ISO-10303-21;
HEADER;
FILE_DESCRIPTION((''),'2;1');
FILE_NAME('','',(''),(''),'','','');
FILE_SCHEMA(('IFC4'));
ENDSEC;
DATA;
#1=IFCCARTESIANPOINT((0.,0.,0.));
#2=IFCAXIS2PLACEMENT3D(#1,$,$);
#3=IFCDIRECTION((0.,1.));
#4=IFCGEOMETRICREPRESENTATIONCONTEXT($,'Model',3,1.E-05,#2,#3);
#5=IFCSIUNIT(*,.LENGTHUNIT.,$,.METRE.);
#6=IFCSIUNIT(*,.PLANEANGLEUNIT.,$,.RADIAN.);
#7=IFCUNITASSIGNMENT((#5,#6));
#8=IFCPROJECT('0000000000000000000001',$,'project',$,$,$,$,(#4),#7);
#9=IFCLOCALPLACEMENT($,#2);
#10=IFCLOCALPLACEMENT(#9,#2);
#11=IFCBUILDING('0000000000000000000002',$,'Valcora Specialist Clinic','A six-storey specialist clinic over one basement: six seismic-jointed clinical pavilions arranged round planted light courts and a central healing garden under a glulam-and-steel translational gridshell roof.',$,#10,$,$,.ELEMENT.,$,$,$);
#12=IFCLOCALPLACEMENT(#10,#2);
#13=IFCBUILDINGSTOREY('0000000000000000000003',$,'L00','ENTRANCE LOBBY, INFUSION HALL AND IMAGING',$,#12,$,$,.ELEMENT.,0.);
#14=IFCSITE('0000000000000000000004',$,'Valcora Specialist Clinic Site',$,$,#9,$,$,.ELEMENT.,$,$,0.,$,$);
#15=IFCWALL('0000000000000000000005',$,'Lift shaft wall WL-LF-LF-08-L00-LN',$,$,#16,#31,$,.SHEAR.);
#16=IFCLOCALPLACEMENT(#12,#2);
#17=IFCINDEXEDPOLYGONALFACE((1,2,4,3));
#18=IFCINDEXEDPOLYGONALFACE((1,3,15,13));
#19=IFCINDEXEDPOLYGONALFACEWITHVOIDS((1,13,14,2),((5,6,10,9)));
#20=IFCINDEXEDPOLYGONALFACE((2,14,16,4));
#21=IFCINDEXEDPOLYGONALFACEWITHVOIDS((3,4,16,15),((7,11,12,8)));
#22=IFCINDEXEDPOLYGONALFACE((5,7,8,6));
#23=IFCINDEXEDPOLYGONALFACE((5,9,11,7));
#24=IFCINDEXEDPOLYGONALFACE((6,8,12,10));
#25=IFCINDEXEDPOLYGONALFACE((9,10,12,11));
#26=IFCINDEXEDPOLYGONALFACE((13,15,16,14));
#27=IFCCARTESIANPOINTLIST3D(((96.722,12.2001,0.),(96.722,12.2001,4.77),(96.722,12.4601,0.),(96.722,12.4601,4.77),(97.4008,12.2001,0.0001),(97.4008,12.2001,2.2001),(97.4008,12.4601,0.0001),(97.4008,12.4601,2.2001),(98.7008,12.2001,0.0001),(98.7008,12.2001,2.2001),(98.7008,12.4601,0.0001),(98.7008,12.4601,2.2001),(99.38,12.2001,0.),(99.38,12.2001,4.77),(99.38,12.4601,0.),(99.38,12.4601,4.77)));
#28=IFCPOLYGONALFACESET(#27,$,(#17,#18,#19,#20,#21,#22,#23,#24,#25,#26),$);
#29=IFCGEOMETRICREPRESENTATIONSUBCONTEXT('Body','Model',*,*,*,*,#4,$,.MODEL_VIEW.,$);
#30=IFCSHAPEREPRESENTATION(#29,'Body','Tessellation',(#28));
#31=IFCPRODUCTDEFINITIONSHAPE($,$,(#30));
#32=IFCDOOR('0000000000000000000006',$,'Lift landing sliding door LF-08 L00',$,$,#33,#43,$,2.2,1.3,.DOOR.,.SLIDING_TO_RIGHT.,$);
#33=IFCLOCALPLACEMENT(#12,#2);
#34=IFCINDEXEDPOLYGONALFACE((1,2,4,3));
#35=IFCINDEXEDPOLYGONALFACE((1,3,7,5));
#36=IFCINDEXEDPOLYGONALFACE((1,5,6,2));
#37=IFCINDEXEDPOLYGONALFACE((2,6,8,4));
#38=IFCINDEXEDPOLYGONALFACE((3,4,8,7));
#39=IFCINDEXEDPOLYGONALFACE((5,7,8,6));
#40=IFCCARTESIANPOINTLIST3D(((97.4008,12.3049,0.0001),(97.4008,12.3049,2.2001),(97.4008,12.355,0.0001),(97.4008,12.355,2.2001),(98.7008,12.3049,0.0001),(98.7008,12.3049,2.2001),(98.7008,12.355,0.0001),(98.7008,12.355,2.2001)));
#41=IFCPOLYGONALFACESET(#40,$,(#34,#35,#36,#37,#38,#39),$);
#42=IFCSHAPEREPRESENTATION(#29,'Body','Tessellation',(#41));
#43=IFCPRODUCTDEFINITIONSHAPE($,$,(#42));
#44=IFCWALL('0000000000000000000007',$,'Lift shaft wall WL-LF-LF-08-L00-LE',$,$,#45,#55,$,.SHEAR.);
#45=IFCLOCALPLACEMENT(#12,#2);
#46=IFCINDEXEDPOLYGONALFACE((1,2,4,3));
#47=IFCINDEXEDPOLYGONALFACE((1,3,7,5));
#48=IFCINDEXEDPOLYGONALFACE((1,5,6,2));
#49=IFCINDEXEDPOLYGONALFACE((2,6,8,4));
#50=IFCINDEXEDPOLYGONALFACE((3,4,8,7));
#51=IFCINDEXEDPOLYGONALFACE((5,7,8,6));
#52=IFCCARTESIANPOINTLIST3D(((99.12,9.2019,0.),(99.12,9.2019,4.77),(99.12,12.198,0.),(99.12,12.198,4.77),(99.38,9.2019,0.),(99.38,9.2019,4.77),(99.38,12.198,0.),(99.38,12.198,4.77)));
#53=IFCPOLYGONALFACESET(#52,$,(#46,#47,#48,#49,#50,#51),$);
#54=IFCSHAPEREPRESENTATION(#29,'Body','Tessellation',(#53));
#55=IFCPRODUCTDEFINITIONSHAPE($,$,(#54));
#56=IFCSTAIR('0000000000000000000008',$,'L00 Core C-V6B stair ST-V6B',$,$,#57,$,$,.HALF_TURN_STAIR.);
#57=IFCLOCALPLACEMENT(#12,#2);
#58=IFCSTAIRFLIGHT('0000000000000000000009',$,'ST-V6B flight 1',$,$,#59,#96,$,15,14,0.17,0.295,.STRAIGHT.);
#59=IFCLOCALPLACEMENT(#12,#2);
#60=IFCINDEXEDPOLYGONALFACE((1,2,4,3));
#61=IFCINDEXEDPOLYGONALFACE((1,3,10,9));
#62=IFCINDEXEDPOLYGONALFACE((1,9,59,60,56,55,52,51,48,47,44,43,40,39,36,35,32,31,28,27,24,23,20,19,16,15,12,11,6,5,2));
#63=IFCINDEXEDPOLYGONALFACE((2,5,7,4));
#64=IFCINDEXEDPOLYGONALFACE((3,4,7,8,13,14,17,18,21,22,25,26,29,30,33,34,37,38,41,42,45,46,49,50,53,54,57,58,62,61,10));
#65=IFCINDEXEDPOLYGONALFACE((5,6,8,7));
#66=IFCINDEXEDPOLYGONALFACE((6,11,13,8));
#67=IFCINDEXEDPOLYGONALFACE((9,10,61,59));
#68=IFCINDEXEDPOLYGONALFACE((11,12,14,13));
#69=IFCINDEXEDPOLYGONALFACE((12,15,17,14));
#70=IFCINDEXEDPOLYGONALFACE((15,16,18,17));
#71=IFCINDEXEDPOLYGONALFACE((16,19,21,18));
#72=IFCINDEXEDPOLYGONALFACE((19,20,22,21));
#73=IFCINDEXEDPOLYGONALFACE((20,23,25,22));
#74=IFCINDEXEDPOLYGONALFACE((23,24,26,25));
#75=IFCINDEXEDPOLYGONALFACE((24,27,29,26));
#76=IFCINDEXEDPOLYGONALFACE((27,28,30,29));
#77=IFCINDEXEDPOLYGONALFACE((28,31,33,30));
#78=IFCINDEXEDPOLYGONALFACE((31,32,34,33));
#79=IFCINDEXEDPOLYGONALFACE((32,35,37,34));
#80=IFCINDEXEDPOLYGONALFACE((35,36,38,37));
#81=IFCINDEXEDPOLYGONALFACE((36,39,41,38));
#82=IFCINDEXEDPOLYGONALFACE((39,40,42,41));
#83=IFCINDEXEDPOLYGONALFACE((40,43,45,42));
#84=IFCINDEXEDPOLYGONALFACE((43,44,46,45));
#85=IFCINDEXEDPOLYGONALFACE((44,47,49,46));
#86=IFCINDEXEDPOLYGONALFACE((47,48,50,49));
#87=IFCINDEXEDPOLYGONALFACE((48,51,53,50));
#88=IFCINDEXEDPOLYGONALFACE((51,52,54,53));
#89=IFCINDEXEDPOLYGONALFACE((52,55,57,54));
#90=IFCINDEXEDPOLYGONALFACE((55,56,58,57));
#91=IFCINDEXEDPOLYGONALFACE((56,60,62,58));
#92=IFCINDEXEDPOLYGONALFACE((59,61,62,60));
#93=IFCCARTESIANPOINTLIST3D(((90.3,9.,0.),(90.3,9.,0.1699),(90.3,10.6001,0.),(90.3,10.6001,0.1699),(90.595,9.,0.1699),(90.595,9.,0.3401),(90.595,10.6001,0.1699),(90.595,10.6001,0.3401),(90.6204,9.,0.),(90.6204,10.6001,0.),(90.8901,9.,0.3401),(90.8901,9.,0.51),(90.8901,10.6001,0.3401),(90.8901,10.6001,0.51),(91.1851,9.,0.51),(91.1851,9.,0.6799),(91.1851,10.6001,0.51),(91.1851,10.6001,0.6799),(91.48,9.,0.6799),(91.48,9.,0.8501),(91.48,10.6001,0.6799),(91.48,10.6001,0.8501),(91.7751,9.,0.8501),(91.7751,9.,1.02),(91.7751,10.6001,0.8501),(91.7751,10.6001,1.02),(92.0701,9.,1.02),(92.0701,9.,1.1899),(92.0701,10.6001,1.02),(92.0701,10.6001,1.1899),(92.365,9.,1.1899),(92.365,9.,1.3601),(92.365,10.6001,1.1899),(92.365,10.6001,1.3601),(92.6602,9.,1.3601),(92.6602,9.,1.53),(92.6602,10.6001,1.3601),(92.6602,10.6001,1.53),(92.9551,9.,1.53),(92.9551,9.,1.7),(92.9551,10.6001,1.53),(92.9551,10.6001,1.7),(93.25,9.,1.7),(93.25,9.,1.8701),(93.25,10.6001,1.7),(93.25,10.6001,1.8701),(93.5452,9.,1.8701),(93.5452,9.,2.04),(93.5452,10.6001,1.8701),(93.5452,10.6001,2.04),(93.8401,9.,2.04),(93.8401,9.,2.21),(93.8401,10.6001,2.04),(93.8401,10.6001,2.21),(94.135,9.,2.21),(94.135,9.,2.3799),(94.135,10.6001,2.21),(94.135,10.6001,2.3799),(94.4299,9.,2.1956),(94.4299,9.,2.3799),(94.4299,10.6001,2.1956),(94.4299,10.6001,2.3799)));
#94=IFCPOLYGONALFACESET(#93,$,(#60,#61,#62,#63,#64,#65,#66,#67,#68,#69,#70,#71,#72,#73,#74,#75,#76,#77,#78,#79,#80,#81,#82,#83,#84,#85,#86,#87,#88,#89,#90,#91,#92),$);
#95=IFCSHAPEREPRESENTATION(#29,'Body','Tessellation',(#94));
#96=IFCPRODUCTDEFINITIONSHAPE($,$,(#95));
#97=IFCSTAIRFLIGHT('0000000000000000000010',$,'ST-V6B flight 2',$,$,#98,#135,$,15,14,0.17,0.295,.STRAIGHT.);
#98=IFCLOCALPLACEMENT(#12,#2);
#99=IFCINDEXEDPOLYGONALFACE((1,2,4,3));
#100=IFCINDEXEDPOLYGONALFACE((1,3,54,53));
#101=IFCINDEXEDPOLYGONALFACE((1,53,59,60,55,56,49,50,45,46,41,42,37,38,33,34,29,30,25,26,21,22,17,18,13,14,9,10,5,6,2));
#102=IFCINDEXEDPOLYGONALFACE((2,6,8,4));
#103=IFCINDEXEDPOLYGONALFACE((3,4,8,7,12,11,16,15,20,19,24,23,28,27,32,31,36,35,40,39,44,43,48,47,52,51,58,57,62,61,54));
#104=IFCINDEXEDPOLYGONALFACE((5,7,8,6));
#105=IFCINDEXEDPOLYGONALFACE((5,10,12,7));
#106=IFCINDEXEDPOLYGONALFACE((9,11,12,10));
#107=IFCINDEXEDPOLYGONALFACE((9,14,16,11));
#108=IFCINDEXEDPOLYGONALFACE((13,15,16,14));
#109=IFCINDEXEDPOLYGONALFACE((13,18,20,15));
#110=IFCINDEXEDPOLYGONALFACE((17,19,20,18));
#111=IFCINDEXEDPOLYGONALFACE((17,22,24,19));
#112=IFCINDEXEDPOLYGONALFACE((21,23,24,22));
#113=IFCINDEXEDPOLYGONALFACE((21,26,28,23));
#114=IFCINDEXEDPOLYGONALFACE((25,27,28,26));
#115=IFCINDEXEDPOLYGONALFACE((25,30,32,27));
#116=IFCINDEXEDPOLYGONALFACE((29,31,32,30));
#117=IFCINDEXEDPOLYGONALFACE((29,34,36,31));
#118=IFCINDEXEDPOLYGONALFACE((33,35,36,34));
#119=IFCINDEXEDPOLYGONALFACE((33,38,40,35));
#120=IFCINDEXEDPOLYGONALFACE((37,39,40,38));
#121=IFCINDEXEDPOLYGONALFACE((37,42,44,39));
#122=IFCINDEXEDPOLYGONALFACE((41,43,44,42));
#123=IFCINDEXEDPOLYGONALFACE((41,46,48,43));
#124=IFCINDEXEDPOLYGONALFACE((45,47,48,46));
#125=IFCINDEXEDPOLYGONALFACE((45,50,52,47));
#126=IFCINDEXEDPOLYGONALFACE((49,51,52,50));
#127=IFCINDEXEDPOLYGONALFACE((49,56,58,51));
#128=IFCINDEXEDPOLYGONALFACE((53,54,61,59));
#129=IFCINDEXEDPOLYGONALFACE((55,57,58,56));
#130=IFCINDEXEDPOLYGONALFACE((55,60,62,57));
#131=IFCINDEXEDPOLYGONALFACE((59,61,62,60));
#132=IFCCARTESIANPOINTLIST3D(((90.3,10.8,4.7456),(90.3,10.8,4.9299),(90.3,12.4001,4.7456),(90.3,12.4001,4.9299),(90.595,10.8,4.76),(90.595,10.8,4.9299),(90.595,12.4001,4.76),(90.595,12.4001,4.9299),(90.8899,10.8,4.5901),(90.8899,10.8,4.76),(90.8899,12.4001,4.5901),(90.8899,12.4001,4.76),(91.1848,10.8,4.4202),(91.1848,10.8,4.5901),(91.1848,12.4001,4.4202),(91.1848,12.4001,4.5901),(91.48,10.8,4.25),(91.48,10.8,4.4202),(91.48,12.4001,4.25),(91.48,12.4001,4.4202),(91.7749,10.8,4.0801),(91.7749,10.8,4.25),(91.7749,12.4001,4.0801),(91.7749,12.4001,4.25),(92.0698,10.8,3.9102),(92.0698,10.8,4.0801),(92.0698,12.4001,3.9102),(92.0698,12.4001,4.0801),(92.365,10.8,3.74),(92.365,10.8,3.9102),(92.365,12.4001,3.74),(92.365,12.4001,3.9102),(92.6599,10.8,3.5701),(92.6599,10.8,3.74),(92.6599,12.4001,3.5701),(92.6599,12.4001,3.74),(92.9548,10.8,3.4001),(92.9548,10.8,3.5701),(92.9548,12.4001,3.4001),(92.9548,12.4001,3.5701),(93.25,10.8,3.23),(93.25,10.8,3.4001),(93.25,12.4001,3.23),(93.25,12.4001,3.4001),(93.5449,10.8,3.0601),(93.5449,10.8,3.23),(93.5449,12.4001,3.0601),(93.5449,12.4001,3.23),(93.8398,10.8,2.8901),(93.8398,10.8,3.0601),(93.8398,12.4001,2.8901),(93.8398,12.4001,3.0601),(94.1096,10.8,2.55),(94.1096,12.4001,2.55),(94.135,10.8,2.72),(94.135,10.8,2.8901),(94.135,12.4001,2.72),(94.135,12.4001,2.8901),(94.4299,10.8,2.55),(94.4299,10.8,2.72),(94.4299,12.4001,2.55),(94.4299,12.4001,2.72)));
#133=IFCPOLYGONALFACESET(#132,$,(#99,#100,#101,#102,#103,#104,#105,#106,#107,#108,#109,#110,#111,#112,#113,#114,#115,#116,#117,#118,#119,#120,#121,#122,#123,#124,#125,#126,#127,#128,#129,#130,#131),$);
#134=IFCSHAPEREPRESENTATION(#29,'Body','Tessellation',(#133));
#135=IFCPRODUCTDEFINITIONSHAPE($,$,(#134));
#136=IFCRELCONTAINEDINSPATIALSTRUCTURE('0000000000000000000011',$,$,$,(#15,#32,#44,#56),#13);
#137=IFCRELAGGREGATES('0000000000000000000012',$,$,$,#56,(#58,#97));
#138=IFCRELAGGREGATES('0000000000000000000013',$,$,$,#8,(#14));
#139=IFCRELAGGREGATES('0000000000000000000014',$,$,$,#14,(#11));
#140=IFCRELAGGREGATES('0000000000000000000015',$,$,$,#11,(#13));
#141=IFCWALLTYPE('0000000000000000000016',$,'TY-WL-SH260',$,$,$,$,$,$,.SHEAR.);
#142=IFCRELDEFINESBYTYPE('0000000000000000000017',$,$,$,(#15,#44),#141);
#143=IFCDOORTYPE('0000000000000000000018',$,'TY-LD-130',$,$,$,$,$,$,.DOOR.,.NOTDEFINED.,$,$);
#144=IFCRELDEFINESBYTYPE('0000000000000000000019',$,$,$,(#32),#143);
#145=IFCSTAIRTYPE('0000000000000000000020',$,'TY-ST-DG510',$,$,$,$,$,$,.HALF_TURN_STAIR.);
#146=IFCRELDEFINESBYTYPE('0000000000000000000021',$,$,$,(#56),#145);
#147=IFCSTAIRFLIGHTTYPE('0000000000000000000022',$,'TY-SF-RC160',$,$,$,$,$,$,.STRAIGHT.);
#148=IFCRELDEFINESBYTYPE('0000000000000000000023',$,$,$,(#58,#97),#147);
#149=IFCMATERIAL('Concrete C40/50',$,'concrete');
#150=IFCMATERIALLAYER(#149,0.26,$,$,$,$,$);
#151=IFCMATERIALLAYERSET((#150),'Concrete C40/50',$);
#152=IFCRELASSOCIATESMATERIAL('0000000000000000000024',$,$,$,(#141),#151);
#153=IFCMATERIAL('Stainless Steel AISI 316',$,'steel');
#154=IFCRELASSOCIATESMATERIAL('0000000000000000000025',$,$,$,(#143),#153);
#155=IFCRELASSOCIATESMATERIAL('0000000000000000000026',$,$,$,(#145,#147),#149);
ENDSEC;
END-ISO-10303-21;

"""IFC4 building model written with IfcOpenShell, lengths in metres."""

from ifc_helpers import new_model, si_unit, direction, frame, frame_2d, origin, place, context, subcontext, project, spatial, polyline, rectangle, outline, extrude, material, layer, layer_set, type_object, element, fill, aggregate, save


model = new_model("IFC4")

# Units and contexts
model_context = context("Model", 3, precision=1e-05, world=origin(), true_north=direction((0.0, 1.0)))
body_context = subcontext(model_context, "Body", "Model", "MODEL_VIEW")
ifc_project = project(units=[si_unit("LENGTHUNIT", "METRE"), si_unit("PLANEANGLEUNIT", "RADIAN")], contexts=[model_context])

# Site, building, storey
site_placement = place(None, origin())
site = spatial("IfcSite", under=ifc_project, at=site_placement, Name="Valcora Specialist Clinic Site", CompositionType="ELEMENT", RefElevation=0.0)
building_placement = place(site_placement, origin())
building = spatial("IfcBuilding", under=site, at=building_placement, Name="Valcora Specialist Clinic", Description="A six-storey specialist clinic over one basement: six seismic-jointed clinical pavilions arranged round planted light courts and a central healing garden under a glulam-and-steel translational gridshell roof.", CompositionType="ELEMENT")
storey_placement = place(building_placement, origin())
storey = spatial("IfcBuildingStorey", under=building, at=storey_placement, Name="L00", Description="ENTRANCE LOBBY, INFUSION HALL AND IMAGING", CompositionType="ELEMENT", Elevation=0.0)

# Shared definitions
ifc_material_1 = material(Name="Concrete C40/50", Category="concrete")

# Shared definitions
ifc_layer_1 = layer(ifc_material_1, 0.26)
ifc_layer_set_1 = layer_set([ifc_layer_1], Name="Concrete C40/50")
wall_type_1 = type_object("IfcWallType", Name="TY-WL-SH260", PredefinedType="SHEAR", material=ifc_layer_set_1)

# Wall, opening, door
wall_1_placement = place(storey_placement, frame((96.7219, 12.3301, 0.0), z_axis=(0.0, 0.0, 1.0), x_axis=(1.0, 0.0, 0.0)))
wall_1 = element("IfcWall", 1, at=wall_1_placement, inside=storey, type_object=wall_type_1, Name="Lift shaft wall WL-LF-LF-08-L00-LN", PredefinedType="SHEAR", context=body_context, shape_type="SweptSolid", body=[
    extrude(rectangle(XDim=2.658, YDim=0.26, at=frame_2d((1.3291, 0.0))), origin(), (0.0, 0.0, 1.0), 4.77),
])
opening_1_placement = place(wall_1_placement, frame((0.679, 0.0, 0.0)))
opening_1 = element("IfcOpeningElement", 2, at=opening_1_placement, cuts=wall_1, PredefinedType="OPENING", context=body_context, shape_type="SweptSolid", body=[
    extrude(rectangle(XDim=1.3, YDim=2.2, at=frame_2d((0.6499, 1.1001))), frame((0.0, 0.1399, 0.0), z_axis=(0.0, -1.0, 0.0), x_axis=(1.0, 0.0, 0.0)), (0.0, 0.0, 1.0), 0.28),
])
ifc_material_2 = material(Name="Stainless Steel AISI 316", Category="steel")
door_type_1 = type_object("IfcDoorType", Name="TY-LD-130", OperationType="NOTDEFINED", PredefinedType="DOOR", material=ifc_material_2)
door_1_placement = place(opening_1_placement, origin())
door_1 = element("IfcDoor", 3, at=door_1_placement, inside=storey, type_object=door_type_1, Name="Lift landing sliding door LF-08 L00", OperationType="SLIDING_TO_RIGHT", OverallHeight=2.2, OverallWidth=1.3, PredefinedType="DOOR", context=body_context, shape_type="SweptSolid", body=[
    extrude(rectangle(XDim=1.3, YDim=2.2, at=frame_2d((0.6499, 1.1001))), frame((0.0, 0.0249, 0.0), z_axis=(0.0, -1.0, 0.0), x_axis=(1.0, 0.0, 0.0)), (0.0, 0.0, 1.0), 0.05),
])
fill(opening_1, door_1)

# Wall
wall_2_placement = place(storey_placement, frame((99.25, 9.2019, 0.0), z_axis=(0.0, 0.0, 1.0), x_axis=(0.0, 1.0, 0.0)))
element("IfcWall", 4, at=wall_2_placement, inside=storey, type_object=wall_type_1, Name="Lift shaft wall WL-LF-LF-08-L00-LE", PredefinedType="SHEAR", context=body_context, shape_type="SweptSolid", body=[
    extrude(rectangle(XDim=2.9961, YDim=0.26, at=frame_2d((1.498, 0.0))), origin(), (0.0, 0.0, 1.0), 4.77),
])

# Stair, stair flights
stair_type = type_object("IfcStairType", Name="TY-ST-DG510", PredefinedType="HALF_TURN_STAIR", material=ifc_material_1)
stair_placement = place(storey_placement, origin())
stair = element("IfcStair", 5, at=stair_placement, inside=storey, type_object=stair_type, Name="L00 Core C-V6B stair ST-V6B", PredefinedType="HALF_TURN_STAIR")
stair_flight_type = type_object("IfcStairFlightType", Name="TY-SF-RC160", PredefinedType="STRAIGHT", material=ifc_material_1)
stair_flight_1_placement = place(storey_placement, frame((90.3, 9.8, 0.0), z_axis=(0.0, 0.0, 1.0), x_axis=(1.0, 0.0, 0.0)))
stair_flight_1 = element("IfcStairFlight", 6, at=stair_flight_1_placement, type_object=stair_flight_type, Name="ST-V6B flight 1", NumberOfRisers=15, NumberOfTreads=14, PredefinedType="STRAIGHT", RiserHeight=0.17, TreadLength=0.295, context=body_context, shape_type="SweptSolid", body=[
    extrude(outline(polyline([(0.0, 0.0), (0.0, 0.1699), (0.2949, 0.1699), (0.2949, 0.3401), (0.5901, 0.3401), (0.5901, 0.51), (0.885, 0.51), (0.885, 0.6799), (1.1799, 0.6799), (1.1799, 0.8501), (1.4751, 0.8501), (1.4751, 1.02), (1.77, 1.02), (1.77, 1.1899), (2.0649, 1.1899), (2.0649, 1.3601), (2.3601, 1.3601), (2.3601, 1.53), (2.655, 1.53), (2.655, 1.7), (2.95, 1.7), (2.95, 1.8701), (3.2451, 1.8701), (3.2451, 2.04), (3.54, 2.04), (3.54, 2.21), (3.835, 2.21), (3.835, 2.3799), (4.1299, 2.3799), (4.1299, 2.55), (4.1299, 2.1956), (0.3203, 0.0), (0.0, 0.0)])), frame((0.0, 0.8, 0.0), z_axis=(0.0, -1.0, 0.0), x_axis=(1.0, 0.0, 0.0)), (0.0, 0.0, 1.0), 1.6001),
])
stair_flight_2_placement = place(storey_placement, frame((94.4299, 11.6001, 2.55), z_axis=(0.0, 0.0, 1.0), x_axis=(-1.0, 0.0, 0.0)))
stair_flight_2 = element("IfcStairFlight", 7, at=stair_flight_2_placement, type_object=stair_flight_type, Name="ST-V6B flight 2", NumberOfRisers=15, NumberOfTreads=14, PredefinedType="STRAIGHT", RiserHeight=0.17, TreadLength=0.295, context=body_context, shape_type="SweptSolid", body=[
    extrude(outline(polyline([(0.0, 0.0), (0.0, 0.1699), (0.2949, 0.1699), (0.2949, 0.3401), (0.5901, 0.3401), (0.5901, 0.51), (0.885, 0.51), (0.885, 0.6799), (1.1799, 0.6799), (1.1799, 0.8501), (1.4751, 0.8501), (1.4751, 1.02), (1.77, 1.02), (1.77, 1.1899), (2.0649, 1.1899), (2.0649, 1.3601), (2.3601, 1.3601), (2.3601, 1.53), (2.655, 1.53), (2.655, 1.7), (2.95, 1.7), (2.95, 1.8701), (3.2451, 1.8701), (3.2451, 2.04), (3.54, 2.04), (3.54, 2.21), (3.835, 2.21), (3.835, 2.3799), (4.1299, 2.3799), (4.1299, 2.55), (4.1299, 2.1956), (0.3203, 0.0), (0.0, 0.0)])), frame((0.0, 0.8, 0.0), z_axis=(0.0, -1.0, 0.0), x_axis=(1.0, 0.0, 0.0)), (0.0, 0.0, 1.0), 1.6001),
])
aggregate(stair, [stair_flight_1, stair_flight_2])

save(model, "model.ifc")
